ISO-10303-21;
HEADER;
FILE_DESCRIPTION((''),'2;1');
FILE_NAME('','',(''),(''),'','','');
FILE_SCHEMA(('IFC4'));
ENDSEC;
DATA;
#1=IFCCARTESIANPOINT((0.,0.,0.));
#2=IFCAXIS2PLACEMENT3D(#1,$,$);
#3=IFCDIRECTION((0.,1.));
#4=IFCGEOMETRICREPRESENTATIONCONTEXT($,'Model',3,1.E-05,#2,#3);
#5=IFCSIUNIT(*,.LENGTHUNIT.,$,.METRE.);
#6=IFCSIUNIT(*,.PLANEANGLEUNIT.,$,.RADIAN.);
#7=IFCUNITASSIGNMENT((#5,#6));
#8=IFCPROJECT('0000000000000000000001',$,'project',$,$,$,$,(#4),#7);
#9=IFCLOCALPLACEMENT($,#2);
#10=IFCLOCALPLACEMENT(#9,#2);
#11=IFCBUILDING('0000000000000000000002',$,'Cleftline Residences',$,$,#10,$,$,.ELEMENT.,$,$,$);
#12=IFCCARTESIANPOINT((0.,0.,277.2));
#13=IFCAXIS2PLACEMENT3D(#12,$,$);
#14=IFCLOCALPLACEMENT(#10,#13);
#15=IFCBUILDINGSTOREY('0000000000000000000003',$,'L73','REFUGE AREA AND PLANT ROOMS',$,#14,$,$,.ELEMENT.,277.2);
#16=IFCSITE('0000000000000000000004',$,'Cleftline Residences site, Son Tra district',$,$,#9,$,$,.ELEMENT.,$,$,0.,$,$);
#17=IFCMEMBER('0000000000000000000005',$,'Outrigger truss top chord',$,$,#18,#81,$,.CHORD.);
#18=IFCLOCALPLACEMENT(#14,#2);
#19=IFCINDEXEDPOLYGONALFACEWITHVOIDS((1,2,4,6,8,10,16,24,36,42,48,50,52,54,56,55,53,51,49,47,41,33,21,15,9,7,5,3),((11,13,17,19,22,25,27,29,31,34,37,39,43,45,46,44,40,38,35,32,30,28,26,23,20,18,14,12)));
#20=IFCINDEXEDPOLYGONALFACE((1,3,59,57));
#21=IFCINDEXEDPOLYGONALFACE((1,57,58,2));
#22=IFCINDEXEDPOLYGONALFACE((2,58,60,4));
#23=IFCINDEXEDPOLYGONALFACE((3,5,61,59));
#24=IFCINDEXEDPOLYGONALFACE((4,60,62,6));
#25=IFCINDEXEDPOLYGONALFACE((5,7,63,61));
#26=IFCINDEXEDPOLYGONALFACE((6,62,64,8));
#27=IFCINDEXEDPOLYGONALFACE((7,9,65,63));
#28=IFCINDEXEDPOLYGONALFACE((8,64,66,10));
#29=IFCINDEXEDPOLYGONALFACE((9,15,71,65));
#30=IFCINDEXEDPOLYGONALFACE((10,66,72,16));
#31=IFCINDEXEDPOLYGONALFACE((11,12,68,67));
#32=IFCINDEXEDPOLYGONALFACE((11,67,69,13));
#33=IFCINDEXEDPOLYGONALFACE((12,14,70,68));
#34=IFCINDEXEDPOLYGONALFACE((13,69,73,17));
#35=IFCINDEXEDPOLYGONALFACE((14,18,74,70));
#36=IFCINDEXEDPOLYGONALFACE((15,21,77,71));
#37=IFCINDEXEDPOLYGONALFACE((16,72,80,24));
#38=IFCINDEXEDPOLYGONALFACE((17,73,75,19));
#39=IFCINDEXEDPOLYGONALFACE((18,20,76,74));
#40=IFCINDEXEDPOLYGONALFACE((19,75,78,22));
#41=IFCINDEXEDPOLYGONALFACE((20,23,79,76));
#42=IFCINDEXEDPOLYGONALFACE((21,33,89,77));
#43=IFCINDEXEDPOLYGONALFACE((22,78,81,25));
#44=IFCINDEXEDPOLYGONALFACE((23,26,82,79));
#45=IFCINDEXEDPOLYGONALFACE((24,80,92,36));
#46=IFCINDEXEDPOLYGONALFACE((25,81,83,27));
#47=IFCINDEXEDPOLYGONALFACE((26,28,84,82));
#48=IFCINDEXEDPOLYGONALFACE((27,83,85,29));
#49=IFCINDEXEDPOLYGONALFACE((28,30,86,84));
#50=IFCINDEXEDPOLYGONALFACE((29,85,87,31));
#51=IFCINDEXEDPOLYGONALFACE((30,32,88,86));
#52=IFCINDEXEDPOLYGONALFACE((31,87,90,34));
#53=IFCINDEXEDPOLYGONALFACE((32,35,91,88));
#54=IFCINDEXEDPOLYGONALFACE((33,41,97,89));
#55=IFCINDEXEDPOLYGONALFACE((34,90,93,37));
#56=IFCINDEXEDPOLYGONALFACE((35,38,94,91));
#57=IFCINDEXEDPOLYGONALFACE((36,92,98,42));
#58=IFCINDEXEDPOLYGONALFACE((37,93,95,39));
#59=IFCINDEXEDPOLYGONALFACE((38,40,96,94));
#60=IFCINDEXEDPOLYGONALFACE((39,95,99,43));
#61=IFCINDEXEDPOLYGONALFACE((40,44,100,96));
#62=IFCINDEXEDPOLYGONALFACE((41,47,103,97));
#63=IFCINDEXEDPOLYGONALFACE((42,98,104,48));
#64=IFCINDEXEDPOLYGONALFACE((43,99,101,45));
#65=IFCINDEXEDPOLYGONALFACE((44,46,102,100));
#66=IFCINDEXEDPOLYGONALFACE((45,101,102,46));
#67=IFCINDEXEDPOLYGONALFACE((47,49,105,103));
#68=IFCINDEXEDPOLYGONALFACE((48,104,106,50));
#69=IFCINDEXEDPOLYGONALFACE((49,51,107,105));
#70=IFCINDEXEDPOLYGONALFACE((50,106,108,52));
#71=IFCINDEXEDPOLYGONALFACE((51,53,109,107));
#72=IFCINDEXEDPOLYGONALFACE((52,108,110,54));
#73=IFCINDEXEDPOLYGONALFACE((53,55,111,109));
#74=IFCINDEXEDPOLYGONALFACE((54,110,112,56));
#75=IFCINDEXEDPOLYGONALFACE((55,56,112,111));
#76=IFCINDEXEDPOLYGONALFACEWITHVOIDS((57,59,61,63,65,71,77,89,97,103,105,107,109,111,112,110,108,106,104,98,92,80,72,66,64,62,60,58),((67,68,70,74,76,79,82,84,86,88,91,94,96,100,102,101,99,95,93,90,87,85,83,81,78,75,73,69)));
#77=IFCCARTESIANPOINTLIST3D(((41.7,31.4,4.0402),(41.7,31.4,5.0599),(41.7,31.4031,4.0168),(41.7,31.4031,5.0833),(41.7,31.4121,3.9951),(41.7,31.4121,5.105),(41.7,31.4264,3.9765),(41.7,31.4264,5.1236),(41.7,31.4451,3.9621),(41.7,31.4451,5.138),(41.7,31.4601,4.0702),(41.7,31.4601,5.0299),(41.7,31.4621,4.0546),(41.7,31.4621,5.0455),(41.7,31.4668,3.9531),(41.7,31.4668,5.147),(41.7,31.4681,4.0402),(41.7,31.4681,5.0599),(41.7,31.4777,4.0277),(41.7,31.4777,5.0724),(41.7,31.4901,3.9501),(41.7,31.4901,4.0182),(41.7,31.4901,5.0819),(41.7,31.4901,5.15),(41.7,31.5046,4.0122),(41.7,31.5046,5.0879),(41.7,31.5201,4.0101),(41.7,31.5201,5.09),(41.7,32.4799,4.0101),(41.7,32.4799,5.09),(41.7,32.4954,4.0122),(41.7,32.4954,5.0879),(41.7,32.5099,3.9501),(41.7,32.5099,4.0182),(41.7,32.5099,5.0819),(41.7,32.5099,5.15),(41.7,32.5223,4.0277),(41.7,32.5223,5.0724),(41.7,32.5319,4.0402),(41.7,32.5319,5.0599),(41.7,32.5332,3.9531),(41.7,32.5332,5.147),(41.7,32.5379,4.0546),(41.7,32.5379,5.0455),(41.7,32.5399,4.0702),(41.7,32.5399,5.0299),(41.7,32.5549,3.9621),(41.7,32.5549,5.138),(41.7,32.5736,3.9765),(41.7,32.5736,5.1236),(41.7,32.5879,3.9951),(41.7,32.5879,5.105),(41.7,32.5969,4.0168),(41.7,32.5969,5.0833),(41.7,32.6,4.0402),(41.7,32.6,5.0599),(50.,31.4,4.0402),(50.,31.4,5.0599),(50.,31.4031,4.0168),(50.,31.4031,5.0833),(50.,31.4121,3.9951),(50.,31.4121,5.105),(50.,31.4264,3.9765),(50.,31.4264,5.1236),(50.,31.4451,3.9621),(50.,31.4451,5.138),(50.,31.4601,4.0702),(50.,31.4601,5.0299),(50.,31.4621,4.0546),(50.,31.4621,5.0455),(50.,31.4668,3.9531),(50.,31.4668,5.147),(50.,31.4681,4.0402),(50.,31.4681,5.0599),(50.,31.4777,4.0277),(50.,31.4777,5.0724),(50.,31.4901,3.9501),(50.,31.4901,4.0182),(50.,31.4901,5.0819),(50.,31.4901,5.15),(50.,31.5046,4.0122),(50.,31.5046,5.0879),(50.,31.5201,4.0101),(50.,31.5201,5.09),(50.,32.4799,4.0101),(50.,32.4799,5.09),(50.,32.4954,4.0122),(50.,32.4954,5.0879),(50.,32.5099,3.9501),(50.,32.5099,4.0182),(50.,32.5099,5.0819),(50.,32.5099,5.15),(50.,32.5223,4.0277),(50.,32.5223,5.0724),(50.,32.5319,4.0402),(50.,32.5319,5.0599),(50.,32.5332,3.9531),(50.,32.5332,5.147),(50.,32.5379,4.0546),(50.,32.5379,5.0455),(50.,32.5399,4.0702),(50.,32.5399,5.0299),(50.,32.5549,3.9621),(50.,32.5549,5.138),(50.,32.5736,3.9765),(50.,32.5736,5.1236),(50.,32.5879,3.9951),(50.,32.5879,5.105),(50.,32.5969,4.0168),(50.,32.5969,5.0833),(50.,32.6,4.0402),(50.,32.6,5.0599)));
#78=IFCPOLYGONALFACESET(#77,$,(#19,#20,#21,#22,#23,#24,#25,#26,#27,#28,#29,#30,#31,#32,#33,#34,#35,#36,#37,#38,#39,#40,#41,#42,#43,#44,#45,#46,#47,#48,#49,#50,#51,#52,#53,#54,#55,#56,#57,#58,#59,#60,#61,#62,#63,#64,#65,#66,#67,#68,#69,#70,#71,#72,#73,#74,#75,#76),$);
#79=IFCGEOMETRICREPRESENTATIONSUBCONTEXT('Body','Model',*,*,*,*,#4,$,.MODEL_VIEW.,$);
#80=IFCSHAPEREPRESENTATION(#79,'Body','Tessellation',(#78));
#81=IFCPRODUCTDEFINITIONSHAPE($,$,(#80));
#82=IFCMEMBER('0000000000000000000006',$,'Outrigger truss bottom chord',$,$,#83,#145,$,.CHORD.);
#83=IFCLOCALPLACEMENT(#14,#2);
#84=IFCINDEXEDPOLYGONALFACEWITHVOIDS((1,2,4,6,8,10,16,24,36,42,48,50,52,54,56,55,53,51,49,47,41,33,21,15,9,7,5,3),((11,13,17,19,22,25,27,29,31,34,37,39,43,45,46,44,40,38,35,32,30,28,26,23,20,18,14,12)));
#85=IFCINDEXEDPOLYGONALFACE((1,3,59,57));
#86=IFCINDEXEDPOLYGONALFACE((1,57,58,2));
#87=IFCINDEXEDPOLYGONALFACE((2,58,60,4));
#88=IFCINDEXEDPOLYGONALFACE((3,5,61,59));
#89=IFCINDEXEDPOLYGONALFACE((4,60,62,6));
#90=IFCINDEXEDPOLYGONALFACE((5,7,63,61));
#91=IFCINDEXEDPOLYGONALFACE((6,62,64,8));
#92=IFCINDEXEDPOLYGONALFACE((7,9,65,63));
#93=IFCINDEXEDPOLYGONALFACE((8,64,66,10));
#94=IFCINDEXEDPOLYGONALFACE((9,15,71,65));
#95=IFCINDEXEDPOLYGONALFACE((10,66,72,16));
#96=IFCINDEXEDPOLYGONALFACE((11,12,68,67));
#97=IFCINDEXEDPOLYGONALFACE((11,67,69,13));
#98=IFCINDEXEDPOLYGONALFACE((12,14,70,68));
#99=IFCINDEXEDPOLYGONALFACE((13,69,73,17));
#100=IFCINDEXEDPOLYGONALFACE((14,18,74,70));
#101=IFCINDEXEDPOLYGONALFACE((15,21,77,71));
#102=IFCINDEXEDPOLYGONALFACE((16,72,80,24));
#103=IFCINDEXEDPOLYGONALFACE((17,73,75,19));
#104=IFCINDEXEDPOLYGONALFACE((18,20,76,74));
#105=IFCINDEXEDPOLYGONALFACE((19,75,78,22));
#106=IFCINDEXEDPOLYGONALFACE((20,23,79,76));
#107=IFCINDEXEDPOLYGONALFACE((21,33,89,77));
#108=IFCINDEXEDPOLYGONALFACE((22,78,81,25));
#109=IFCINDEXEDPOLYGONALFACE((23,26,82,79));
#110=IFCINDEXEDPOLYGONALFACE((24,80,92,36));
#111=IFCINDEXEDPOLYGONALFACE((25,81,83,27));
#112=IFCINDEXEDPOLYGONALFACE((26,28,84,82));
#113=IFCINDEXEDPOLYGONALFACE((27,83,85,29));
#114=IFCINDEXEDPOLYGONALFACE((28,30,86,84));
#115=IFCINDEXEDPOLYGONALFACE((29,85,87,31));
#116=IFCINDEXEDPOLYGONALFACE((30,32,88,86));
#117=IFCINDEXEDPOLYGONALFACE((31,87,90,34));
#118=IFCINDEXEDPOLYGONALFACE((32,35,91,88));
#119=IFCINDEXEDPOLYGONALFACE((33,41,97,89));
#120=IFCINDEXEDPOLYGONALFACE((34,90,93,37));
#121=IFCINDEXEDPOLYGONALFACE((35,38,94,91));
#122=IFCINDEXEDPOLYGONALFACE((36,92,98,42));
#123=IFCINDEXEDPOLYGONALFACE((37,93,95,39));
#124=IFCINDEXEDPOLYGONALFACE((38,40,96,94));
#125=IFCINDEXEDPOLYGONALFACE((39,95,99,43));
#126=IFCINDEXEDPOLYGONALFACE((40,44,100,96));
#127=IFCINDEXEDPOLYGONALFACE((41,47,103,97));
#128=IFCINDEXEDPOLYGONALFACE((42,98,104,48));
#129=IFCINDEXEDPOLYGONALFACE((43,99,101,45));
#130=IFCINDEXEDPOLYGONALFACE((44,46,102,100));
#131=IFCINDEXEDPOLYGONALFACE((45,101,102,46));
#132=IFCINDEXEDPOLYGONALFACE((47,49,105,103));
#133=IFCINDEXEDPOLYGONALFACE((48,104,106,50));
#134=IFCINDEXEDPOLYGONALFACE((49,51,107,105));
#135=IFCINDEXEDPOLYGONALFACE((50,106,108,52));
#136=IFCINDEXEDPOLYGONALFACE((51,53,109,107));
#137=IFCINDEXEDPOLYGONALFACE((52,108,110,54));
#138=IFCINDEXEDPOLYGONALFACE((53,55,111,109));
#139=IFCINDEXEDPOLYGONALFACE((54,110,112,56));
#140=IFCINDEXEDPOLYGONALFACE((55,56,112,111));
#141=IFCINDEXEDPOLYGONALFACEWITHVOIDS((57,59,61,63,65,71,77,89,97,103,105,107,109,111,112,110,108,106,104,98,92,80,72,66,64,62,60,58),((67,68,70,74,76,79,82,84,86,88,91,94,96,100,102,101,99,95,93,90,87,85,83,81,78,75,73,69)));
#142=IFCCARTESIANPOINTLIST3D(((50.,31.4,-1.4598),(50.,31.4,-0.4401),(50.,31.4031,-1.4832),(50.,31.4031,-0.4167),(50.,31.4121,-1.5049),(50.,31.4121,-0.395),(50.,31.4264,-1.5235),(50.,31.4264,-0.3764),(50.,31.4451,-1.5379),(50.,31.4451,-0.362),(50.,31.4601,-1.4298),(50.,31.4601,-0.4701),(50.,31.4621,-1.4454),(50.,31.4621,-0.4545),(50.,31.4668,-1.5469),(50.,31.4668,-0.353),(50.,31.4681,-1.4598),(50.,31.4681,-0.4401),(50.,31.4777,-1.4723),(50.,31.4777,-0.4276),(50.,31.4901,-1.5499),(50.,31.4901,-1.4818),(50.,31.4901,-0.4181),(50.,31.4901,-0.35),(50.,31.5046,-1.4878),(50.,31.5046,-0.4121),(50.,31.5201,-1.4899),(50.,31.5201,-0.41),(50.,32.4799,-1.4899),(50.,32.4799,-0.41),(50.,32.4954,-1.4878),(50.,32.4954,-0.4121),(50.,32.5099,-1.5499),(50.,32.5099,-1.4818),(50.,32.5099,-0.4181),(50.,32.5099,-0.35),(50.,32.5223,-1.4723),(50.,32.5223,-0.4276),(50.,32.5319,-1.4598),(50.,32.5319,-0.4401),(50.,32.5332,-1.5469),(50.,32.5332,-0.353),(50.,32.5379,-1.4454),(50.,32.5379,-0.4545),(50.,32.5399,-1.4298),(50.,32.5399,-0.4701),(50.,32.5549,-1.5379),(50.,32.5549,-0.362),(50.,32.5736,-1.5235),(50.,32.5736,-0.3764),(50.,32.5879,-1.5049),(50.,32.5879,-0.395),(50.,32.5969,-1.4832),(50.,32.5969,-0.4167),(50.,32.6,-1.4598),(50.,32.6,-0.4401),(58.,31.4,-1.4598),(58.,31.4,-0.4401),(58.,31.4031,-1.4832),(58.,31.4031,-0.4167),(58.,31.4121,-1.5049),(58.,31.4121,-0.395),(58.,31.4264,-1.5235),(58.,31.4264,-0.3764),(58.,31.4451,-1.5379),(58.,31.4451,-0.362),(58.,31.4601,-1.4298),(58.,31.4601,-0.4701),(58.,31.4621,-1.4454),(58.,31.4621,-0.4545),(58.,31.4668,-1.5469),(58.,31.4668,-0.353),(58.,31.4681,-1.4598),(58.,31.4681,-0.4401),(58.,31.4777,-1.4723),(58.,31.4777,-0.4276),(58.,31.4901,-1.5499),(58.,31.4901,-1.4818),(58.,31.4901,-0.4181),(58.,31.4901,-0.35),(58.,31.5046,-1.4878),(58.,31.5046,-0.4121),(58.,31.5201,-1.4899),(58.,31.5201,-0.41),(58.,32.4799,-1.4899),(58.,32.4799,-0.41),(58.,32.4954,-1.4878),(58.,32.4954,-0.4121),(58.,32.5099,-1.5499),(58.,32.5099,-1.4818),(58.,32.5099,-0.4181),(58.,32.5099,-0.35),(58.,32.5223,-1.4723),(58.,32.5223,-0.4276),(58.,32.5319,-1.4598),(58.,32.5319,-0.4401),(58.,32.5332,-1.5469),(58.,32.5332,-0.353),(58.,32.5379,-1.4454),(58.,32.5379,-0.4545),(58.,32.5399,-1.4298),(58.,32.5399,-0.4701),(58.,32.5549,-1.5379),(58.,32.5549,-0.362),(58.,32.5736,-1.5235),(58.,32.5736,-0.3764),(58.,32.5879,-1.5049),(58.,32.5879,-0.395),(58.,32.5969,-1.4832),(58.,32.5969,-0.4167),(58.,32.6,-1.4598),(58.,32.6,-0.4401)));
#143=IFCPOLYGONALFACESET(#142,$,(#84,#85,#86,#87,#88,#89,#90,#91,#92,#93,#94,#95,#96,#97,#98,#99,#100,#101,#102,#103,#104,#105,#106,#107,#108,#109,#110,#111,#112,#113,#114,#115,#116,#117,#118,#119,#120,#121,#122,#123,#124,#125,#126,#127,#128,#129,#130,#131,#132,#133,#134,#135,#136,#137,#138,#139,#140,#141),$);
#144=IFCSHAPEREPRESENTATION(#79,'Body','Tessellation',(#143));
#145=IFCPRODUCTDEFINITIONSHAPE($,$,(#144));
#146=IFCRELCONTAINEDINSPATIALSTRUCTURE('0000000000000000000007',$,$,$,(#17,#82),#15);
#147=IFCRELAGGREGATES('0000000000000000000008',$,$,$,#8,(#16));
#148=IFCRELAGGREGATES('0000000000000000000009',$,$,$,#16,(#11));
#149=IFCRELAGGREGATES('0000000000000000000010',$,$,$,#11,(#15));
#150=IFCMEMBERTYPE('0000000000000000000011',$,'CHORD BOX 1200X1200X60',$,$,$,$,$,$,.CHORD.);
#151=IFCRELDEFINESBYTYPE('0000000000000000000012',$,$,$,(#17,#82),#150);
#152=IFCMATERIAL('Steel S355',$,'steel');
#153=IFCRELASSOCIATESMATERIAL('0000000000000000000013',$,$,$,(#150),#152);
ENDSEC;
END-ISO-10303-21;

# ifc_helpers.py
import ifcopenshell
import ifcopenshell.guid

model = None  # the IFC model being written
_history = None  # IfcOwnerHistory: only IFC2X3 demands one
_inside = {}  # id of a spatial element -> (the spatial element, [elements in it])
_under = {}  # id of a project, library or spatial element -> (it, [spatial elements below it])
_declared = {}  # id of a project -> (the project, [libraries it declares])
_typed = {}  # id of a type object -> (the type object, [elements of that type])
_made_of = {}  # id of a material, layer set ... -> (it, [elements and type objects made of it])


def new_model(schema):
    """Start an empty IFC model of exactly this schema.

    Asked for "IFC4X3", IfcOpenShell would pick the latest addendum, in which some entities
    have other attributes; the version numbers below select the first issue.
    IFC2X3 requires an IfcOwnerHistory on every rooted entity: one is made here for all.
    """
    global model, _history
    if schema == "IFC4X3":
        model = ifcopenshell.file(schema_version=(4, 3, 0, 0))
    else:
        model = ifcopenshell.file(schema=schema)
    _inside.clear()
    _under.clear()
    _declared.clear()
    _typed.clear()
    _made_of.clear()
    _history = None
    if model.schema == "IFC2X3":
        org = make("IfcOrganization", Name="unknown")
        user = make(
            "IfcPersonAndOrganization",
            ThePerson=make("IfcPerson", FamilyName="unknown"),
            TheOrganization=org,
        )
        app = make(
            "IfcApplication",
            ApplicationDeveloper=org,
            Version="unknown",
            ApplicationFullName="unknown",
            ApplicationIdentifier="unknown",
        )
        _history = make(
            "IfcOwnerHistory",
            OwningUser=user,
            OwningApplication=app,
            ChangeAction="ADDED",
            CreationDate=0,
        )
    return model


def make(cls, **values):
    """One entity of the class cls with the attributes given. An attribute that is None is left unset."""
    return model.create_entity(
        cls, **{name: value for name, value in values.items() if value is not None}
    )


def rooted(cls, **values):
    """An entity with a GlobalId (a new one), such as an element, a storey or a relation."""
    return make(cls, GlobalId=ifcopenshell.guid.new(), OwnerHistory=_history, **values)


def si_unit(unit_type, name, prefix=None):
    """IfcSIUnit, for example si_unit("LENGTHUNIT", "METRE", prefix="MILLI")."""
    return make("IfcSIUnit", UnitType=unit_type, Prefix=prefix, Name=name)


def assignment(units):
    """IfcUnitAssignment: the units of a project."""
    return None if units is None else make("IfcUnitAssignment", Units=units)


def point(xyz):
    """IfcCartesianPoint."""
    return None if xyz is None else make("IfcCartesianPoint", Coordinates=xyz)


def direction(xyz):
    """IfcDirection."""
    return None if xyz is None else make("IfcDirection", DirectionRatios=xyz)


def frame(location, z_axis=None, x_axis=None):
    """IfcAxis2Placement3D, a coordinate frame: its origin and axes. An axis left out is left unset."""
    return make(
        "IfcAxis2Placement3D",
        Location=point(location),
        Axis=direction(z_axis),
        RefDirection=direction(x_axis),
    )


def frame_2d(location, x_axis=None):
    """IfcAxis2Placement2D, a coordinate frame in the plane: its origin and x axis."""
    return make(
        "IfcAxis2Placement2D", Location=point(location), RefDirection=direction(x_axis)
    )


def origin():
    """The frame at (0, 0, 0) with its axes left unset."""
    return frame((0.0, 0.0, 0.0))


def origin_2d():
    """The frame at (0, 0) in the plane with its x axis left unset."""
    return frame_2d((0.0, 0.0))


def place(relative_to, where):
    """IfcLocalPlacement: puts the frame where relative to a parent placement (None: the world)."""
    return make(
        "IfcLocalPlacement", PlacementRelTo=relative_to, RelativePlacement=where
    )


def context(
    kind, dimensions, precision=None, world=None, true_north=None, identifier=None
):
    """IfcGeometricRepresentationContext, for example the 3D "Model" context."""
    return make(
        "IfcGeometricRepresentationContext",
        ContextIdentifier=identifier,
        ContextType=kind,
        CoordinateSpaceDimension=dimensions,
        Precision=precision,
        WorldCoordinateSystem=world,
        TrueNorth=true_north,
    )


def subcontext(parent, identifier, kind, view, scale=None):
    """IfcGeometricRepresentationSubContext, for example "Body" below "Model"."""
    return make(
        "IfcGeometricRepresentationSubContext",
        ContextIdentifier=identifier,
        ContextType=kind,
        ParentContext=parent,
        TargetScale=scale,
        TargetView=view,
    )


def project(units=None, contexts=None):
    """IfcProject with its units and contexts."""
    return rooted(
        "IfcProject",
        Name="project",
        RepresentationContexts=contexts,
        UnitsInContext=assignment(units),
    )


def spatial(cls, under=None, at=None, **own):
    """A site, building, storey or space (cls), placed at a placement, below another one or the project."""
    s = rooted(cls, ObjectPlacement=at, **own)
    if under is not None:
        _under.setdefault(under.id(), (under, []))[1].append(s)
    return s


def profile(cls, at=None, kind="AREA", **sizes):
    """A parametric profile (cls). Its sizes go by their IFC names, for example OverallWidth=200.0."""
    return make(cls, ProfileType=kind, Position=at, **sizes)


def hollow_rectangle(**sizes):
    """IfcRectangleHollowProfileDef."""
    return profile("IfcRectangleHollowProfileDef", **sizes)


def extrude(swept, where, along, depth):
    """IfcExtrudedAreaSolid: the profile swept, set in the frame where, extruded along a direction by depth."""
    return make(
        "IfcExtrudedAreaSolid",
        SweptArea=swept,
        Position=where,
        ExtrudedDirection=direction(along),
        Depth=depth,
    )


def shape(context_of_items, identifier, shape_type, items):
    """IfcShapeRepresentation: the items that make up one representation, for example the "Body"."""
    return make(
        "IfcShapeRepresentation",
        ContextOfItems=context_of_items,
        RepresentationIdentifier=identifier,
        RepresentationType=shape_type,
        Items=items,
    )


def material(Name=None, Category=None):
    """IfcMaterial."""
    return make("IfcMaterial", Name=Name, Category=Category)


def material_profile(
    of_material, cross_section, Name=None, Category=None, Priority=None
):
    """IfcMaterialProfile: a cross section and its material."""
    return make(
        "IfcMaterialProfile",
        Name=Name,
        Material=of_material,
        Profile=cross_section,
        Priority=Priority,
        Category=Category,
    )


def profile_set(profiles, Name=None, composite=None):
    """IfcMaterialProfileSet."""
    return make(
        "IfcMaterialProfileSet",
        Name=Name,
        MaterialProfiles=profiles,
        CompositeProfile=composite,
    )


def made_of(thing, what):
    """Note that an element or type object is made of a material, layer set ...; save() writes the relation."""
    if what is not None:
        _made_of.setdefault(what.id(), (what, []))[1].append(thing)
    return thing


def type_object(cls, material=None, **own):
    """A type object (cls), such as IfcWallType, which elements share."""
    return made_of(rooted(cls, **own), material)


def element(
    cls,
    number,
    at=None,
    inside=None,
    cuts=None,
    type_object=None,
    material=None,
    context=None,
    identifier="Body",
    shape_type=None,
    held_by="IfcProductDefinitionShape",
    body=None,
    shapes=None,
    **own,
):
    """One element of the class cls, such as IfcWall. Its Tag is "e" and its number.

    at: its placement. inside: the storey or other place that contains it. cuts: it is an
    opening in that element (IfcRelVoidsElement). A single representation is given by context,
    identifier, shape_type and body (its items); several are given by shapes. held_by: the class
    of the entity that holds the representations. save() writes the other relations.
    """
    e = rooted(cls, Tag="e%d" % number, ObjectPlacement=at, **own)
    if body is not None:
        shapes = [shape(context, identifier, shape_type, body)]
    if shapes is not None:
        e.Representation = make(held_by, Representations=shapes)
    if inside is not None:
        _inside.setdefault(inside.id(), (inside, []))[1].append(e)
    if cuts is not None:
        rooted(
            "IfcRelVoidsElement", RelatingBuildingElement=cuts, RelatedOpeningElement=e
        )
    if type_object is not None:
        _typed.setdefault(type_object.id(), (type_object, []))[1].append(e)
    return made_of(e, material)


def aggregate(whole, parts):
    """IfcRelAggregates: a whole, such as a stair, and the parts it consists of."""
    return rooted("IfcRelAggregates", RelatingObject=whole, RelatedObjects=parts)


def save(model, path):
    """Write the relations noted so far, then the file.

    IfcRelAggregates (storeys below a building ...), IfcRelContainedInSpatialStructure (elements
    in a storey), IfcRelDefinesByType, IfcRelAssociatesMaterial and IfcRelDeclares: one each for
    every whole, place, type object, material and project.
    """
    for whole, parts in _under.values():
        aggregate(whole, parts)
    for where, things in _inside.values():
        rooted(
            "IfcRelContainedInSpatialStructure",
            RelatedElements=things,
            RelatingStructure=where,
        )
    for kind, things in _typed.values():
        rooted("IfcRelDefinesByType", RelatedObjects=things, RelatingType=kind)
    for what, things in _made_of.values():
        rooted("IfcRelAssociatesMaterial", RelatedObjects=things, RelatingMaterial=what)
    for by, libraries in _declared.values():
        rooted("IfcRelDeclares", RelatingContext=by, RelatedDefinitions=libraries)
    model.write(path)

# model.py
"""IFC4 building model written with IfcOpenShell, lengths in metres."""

from ifc_helpers import new_model, si_unit, direction, frame, origin, origin_2d, place, context, subcontext, project, spatial, hollow_rectangle, extrude, material, material_profile, profile_set, type_object, element, save


model = new_model("IFC4")

# Units and contexts
model_context = context("Model", 3, precision=1e-05, world=origin(), true_north=direction((0.0, 1.0)))
body_context = subcontext(model_context, "Body", "Model", "MODEL_VIEW")
ifc_project = project(units=[si_unit("LENGTHUNIT", "METRE"), si_unit("PLANEANGLEUNIT", "RADIAN")], contexts=[model_context])

# Site, building, storey
site_placement = place(None, origin())
site = spatial("IfcSite", under=ifc_project, at=site_placement, Name="Cleftline Residences site, Son Tra district", CompositionType="ELEMENT", RefElevation=0.0)
building_placement = place(site_placement, origin())
building = spatial("IfcBuilding", under=site, at=building_placement, Name="Cleftline Residences", CompositionType="ELEMENT")
storey_placement = place(building_placement, frame((0.0, 0.0, 277.2)))
storey = spatial("IfcBuildingStorey", under=building, at=storey_placement, Name="L73", Description="REFUGE AREA AND PLANT ROOMS", CompositionType="ELEMENT", Elevation=277.2)

# Members
ifc_material_1 = material(Name="Steel S355", Category="steel")
ifc_material_profile_1 = material_profile(ifc_material_1, hollow_rectangle(XDim=1.2, YDim=1.2, WallThickness=0.0601, InnerFilletRadius=0.0601, OuterFilletRadius=0.0901, at=origin_2d()))
ifc_profile_set_1 = profile_set([ifc_material_profile_1], Name="Steel S355")
member_type_1 = type_object("IfcMemberType", Name="CHORD BOX 1200X1200X60", PredefinedType="CHORD", material=ifc_profile_set_1)
for number, where, z_axis, x_axis, name in (
    (1, (41.7, 32.0, 4.55), (1.0, 0.0, 0.0), (0.0, 1.0, 0.0), "Outrigger truss top chord"),
):
    element("IfcMember", number, at=place(storey_placement, frame(where, z_axis=z_axis, x_axis=x_axis)), inside=storey, type_object=member_type_1, Name=name, PredefinedType="CHORD", context=body_context, shape_type="SweptSolid", body=[
        extrude(hollow_rectangle(XDim=1.2, YDim=1.2, WallThickness=0.0601, InnerFilletRadius=0.0601, OuterFilletRadius=0.0901, at=origin_2d()), origin(), (0.0, 0.0, 1.0), 8.3),
    ])
for number, where, z_axis, x_axis, name in (
    (2, (50.0, 32.0, -0.95), (1.0, 0.0, 0.0), (0.0, 1.0, 0.0), "Outrigger truss bottom chord"),
):
    element("IfcMember", number, at=place(storey_placement, frame(where, z_axis=z_axis, x_axis=x_axis)), inside=storey, type_object=member_type_1, Name=name, PredefinedType="CHORD", context=body_context, shape_type="SweptSolid", body=[
        extrude(hollow_rectangle(XDim=1.2, YDim=1.2, WallThickness=0.0601, InnerFilletRadius=0.0601, OuterFilletRadius=0.0901, at=origin_2d()), origin(), (0.0, 0.0, 1.0), 8.0),
    ])

save(model, "model.ifc")
